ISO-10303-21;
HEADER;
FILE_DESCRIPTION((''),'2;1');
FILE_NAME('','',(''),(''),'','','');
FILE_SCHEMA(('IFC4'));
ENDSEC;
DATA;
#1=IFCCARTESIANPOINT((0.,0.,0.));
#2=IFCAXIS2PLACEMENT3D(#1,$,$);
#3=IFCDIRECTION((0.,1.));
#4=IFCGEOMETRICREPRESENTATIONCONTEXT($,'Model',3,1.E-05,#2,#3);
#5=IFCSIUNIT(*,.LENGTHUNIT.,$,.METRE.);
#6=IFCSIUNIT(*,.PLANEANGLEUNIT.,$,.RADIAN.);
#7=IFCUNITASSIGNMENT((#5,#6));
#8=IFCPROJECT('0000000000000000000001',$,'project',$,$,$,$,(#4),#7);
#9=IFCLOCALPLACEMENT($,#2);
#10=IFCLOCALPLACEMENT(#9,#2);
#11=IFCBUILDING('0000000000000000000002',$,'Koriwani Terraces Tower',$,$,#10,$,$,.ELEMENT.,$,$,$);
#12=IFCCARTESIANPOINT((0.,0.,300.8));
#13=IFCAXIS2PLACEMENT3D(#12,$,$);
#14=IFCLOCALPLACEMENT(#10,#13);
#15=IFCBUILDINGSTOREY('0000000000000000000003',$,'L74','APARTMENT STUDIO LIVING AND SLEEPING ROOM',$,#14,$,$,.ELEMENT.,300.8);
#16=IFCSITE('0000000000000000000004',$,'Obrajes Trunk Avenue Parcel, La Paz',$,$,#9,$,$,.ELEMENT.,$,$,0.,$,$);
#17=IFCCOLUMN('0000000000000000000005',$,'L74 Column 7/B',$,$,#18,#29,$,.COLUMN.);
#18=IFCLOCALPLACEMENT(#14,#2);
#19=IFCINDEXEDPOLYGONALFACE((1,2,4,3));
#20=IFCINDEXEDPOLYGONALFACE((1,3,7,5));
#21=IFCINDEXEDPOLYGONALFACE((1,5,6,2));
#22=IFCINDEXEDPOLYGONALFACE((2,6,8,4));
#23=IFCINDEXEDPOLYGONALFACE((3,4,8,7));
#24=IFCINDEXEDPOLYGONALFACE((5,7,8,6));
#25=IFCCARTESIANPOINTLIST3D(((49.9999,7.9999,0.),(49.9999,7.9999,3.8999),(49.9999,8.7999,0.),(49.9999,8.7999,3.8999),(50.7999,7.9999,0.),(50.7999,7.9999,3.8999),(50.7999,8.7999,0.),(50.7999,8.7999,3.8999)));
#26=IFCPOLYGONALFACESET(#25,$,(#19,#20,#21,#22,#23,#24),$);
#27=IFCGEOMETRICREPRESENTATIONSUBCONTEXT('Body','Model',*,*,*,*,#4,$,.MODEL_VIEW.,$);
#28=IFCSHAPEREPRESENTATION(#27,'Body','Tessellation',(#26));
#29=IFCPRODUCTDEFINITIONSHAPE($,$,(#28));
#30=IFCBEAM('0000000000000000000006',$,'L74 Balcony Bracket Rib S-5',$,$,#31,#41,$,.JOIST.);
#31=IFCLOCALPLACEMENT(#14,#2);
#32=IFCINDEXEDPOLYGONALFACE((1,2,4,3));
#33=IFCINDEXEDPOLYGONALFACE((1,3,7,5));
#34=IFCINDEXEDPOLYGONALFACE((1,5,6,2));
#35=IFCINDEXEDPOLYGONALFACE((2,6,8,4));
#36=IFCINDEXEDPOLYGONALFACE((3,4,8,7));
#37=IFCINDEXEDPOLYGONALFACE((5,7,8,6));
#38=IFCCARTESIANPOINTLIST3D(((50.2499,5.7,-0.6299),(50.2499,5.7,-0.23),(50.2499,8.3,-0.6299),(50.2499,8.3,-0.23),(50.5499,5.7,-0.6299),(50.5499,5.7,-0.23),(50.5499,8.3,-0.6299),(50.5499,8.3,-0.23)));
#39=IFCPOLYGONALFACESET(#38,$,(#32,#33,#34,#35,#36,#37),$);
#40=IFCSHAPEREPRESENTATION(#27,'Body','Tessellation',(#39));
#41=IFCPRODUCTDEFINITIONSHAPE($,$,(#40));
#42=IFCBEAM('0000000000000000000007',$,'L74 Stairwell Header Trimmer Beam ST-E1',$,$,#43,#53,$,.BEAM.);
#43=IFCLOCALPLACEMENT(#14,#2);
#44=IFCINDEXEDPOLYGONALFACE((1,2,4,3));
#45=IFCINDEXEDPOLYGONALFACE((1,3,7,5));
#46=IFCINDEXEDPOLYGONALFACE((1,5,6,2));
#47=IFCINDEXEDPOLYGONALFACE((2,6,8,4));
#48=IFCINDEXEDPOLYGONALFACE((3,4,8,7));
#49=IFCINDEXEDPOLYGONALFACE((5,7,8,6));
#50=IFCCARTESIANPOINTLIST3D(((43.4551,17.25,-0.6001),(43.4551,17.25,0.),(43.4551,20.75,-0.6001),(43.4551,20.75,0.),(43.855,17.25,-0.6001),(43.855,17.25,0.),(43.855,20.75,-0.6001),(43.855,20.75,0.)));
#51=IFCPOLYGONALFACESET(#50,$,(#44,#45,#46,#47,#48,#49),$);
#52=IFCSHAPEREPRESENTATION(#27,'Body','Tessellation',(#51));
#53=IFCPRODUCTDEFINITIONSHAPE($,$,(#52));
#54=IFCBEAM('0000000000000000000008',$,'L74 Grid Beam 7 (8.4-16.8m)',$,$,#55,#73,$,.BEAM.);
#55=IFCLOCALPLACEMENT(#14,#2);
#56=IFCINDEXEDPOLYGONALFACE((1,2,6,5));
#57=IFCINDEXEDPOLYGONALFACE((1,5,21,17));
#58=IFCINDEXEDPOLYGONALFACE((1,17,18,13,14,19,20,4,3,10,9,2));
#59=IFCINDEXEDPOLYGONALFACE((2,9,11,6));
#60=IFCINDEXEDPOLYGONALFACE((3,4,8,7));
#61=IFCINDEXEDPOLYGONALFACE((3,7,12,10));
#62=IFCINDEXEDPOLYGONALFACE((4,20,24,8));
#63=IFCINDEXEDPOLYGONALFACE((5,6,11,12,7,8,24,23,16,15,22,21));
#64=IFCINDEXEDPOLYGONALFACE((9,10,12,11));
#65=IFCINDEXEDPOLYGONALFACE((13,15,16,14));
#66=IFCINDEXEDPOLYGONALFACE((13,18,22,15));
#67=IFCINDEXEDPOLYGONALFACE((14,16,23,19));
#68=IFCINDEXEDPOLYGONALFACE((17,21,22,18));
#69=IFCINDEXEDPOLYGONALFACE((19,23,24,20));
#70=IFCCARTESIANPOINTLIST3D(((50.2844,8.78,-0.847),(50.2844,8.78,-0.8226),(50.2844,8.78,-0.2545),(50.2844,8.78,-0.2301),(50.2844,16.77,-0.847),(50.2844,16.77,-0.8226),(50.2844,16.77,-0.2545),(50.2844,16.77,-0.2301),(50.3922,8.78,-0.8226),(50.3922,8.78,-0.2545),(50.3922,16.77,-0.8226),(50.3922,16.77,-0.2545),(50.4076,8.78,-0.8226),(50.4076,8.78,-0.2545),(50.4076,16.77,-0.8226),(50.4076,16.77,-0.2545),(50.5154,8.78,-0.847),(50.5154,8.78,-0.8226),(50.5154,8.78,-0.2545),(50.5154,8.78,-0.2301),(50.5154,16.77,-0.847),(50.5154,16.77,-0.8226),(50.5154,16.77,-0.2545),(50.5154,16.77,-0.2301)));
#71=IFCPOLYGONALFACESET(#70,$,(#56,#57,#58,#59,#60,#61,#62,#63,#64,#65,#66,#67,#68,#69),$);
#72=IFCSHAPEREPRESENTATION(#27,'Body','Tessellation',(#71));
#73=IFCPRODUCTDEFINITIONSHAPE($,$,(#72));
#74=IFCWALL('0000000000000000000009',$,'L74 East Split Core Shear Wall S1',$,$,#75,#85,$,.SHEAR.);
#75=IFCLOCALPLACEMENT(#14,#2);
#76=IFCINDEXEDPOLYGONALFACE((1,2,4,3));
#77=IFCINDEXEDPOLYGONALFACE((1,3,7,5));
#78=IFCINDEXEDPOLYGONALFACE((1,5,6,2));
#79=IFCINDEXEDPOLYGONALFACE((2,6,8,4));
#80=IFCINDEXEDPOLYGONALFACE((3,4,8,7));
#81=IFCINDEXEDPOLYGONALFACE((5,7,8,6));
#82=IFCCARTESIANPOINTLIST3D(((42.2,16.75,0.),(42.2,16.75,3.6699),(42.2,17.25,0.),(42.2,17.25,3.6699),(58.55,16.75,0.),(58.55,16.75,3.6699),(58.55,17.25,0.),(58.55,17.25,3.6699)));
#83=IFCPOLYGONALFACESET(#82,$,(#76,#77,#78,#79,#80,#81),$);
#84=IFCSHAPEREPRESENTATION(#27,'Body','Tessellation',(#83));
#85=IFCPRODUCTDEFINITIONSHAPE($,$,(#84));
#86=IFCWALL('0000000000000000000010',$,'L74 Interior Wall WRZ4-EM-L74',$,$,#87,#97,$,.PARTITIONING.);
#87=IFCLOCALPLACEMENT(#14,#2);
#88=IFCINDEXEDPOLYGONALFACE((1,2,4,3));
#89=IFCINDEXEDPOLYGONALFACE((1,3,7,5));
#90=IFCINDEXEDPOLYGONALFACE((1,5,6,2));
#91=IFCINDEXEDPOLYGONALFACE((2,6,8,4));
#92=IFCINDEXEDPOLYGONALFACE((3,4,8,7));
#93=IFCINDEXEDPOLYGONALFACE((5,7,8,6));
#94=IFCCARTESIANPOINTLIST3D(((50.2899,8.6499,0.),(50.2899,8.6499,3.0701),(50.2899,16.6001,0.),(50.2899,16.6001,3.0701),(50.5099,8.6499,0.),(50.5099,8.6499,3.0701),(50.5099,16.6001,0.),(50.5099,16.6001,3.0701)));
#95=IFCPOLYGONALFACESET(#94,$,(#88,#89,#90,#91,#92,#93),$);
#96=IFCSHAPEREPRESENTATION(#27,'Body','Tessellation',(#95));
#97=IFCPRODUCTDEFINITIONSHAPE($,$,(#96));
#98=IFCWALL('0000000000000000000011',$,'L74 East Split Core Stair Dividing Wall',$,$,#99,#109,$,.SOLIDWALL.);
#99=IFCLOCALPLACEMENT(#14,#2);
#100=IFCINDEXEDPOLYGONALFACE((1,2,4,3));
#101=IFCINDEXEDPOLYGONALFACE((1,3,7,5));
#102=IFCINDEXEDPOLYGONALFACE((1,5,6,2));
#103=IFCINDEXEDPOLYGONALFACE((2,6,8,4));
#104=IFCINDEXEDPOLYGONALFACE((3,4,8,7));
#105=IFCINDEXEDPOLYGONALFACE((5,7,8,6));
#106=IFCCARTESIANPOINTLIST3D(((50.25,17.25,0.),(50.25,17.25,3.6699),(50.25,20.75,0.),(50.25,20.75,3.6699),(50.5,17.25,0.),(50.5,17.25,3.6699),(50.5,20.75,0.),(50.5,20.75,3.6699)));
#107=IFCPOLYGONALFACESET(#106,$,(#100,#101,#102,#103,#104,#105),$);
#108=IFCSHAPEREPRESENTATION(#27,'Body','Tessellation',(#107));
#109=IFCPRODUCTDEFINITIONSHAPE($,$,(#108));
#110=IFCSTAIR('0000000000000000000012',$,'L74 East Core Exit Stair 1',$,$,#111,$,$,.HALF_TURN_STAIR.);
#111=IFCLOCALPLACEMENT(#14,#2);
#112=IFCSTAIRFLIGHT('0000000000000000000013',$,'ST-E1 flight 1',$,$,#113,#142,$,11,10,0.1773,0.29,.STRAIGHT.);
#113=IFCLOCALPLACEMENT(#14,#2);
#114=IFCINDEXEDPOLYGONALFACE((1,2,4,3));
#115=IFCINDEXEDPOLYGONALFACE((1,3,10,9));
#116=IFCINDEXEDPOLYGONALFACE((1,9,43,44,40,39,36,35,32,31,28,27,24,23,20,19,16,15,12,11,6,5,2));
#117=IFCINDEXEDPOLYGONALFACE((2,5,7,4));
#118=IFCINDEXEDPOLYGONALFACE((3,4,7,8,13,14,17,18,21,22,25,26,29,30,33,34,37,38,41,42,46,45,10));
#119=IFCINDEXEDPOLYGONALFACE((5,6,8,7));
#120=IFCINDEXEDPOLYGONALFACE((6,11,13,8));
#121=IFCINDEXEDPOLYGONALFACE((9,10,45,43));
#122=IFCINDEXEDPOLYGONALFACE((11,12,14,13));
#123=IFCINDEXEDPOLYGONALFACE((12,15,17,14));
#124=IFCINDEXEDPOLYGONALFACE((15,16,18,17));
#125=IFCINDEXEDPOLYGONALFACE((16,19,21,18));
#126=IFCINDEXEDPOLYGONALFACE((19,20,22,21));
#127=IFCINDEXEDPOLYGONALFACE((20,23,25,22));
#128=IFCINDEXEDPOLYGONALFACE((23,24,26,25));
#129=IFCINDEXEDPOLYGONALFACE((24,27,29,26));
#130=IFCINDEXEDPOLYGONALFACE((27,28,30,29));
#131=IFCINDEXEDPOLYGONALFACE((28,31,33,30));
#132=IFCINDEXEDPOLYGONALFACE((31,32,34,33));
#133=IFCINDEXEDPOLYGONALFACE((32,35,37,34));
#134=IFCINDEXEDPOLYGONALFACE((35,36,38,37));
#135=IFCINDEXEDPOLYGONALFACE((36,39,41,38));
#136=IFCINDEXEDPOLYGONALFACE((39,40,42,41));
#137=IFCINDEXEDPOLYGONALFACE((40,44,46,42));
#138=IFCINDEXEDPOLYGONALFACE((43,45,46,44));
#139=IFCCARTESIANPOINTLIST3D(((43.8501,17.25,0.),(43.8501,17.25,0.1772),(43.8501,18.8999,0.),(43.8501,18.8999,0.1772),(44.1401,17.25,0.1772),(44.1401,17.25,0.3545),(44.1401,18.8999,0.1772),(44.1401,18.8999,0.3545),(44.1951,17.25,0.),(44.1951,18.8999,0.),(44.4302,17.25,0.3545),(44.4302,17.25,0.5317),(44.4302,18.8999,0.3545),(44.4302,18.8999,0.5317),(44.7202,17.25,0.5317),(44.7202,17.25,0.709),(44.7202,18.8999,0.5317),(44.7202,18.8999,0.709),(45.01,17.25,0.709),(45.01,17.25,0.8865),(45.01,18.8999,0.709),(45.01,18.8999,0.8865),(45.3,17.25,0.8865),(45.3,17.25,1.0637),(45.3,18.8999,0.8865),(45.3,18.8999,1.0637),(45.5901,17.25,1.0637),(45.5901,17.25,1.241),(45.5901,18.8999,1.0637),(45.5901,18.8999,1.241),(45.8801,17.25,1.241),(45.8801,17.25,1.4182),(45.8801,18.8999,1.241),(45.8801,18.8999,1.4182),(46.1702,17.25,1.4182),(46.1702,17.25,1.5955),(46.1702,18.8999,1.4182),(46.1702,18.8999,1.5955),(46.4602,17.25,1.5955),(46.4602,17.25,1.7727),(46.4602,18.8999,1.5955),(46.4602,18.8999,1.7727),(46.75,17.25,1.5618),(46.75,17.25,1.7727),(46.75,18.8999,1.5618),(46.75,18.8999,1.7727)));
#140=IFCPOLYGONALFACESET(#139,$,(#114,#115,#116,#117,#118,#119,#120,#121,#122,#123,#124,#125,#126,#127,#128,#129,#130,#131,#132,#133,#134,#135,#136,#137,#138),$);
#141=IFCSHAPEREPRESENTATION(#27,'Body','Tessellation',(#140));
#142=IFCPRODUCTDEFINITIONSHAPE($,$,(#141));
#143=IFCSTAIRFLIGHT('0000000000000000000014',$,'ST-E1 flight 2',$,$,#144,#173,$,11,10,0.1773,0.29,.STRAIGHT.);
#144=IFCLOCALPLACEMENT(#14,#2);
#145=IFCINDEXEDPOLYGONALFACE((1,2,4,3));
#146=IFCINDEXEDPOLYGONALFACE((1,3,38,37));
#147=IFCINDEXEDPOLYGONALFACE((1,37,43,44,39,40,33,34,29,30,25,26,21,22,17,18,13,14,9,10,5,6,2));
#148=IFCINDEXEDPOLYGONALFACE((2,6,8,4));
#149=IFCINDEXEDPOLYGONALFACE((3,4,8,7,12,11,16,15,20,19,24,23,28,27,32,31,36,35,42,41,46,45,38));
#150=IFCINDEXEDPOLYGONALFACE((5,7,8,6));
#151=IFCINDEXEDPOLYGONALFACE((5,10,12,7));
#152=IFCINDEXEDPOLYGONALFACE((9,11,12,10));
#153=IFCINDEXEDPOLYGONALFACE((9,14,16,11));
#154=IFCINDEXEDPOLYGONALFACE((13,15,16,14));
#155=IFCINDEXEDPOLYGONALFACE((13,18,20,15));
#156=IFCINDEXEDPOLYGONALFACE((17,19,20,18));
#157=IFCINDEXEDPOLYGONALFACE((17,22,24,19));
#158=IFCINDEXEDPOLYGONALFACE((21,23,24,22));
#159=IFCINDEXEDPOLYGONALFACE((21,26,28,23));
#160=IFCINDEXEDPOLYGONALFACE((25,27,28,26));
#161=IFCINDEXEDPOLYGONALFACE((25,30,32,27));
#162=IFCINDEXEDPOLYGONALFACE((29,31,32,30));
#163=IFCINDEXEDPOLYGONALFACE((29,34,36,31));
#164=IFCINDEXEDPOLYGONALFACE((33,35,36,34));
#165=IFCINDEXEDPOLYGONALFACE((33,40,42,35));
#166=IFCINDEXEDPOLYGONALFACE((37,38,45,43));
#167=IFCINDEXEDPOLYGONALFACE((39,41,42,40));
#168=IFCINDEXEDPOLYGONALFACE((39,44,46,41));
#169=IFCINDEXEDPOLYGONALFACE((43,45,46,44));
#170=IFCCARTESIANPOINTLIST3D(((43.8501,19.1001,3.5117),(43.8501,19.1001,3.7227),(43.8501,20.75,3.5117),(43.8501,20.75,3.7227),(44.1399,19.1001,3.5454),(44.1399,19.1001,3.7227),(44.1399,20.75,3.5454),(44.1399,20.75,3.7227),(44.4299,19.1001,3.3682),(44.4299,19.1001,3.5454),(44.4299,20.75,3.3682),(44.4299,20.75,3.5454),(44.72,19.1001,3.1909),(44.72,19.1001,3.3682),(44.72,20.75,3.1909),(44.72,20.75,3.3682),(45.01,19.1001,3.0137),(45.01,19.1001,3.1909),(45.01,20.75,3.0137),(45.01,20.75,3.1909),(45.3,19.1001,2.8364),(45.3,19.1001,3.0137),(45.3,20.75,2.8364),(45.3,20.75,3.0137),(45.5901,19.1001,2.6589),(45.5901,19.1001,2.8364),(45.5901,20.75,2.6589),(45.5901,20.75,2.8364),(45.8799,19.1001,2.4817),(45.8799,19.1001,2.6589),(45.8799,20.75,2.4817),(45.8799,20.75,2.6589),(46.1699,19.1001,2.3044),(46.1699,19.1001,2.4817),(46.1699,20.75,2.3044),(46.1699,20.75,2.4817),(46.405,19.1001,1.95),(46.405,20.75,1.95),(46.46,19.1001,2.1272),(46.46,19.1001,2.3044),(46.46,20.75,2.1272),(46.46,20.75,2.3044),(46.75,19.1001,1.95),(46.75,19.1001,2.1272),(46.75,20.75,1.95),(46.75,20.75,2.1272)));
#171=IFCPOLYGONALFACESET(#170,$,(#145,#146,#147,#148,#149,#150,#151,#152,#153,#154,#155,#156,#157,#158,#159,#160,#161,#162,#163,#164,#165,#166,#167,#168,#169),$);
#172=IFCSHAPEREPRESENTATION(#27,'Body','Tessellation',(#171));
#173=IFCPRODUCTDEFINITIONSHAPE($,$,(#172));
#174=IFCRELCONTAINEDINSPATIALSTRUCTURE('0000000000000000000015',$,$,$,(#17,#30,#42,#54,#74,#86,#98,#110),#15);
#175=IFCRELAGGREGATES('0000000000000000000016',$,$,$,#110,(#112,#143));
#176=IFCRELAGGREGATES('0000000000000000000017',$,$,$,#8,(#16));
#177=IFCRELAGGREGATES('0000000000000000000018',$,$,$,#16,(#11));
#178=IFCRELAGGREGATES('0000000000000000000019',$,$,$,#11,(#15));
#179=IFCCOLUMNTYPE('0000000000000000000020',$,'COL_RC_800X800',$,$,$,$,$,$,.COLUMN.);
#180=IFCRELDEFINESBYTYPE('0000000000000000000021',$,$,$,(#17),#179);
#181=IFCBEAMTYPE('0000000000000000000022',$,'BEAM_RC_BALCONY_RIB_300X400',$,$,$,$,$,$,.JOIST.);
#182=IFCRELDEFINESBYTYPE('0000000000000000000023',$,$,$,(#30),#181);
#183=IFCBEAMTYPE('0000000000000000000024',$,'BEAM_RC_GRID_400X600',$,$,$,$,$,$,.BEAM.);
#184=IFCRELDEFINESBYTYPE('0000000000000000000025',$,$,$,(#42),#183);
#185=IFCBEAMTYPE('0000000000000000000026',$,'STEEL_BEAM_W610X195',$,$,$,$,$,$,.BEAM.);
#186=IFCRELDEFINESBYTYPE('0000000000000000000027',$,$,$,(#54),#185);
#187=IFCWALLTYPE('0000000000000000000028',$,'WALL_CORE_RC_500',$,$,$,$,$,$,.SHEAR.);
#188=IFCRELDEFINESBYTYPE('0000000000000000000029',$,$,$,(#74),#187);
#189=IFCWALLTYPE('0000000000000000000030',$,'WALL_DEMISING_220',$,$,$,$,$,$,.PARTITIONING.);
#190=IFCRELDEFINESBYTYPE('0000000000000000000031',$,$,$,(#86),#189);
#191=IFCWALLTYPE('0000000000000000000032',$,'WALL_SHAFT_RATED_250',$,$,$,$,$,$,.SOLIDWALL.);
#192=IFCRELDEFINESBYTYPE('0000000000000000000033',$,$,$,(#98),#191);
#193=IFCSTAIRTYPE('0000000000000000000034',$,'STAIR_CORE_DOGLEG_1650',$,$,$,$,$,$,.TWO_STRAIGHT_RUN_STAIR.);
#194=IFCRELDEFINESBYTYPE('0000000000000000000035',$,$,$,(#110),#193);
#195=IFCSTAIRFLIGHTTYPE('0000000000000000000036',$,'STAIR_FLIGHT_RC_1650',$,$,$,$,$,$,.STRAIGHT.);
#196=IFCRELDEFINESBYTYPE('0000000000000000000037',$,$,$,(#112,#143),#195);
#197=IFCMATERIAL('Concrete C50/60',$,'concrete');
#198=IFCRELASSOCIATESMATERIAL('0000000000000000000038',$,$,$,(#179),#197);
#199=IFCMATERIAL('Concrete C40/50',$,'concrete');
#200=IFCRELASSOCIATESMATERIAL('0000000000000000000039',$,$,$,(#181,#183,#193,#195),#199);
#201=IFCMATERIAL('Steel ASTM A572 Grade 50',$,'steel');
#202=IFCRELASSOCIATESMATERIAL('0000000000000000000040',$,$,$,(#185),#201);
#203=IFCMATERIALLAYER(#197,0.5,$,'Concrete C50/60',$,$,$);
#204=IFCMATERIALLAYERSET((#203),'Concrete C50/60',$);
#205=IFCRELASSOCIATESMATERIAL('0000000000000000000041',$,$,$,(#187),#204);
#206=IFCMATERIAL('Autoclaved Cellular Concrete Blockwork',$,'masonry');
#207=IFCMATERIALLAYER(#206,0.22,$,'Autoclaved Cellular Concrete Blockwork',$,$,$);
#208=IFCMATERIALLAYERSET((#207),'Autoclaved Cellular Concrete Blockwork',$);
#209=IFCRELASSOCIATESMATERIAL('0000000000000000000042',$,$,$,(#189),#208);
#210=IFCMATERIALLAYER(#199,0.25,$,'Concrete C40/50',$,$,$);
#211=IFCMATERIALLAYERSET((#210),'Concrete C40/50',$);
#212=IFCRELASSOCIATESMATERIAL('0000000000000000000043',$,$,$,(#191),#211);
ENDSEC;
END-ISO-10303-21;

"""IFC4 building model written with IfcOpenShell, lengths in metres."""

from ifc_helpers import new_model, si_unit, direction, frame, frame_2d, origin, origin_2d, place, context, subcontext, project, spatial, polyline, rectangle, i_section, outline, extrude, material, layer, layer_set, material_profile, profile_set, type_object, element, aggregate, save


model = new_model("IFC4")

# Units and contexts
model_context = context("Model", 3, precision=1e-05, world=origin(), true_north=direction((0.0, 1.0)))
body_context = subcontext(model_context, "Body", "Model", "MODEL_VIEW")
ifc_project = project(units=[si_unit("LENGTHUNIT", "METRE"), si_unit("PLANEANGLEUNIT", "RADIAN")], contexts=[model_context])

# Site, building, storey
site_placement = place(None, origin())
site = spatial("IfcSite", under=ifc_project, at=site_placement, Name="Obrajes Trunk Avenue Parcel, La Paz", CompositionType="ELEMENT", RefElevation=0.0)
building_placement = place(site_placement, origin())
building = spatial("IfcBuilding", under=site, at=building_placement, Name="Koriwani Terraces Tower", CompositionType="ELEMENT")
storey_placement = place(building_placement, frame((0.0, 0.0, 300.8)))
storey = spatial("IfcBuildingStorey", under=building, at=storey_placement, Name="L74", Description="APARTMENT STUDIO LIVING AND SLEEPING ROOM", CompositionType="ELEMENT", Elevation=300.8)

# Column
ifc_material_1 = material(Name="Concrete C50/60", Category="concrete")
ifc_material_profile_1 = material_profile(ifc_material_1, rectangle(XDim=0.8, YDim=0.8, at=origin_2d()), Name="Concrete C50/60", Category="LoadBearing")
ifc_profile_set_1 = profile_set([ifc_material_profile_1], Name="Concrete C50/60")
column_type = type_object("IfcColumnType", Name="COL_RC_800X800", PredefinedType="COLUMN", material=ifc_profile_set_1)
column_placement = place(storey_placement, frame((50.3999, 8.3999, 0.0), z_axis=(0.0, 0.0, 1.0), x_axis=(1.0, 0.0, 0.0)))
element("IfcColumn", 1, at=column_placement, inside=storey, type_object=column_type, Name="L74 Column 7/B", PredefinedType="COLUMN", context=body_context, shape_type="SweptSolid", body=[
    extrude(rectangle(XDim=0.8, YDim=0.8, at=origin_2d()), origin(), (0.0, 0.0, 1.0), 3.8999),
])

# Beams
ifc_material_2 = material(Name="Concrete C40/50", Category="concrete")
ifc_material_profile_2 = material_profile(ifc_material_2, rectangle(XDim=0.3, YDim=0.3999, at=origin_2d()), Name="Concrete C40/50", Category="LoadBearing")
ifc_profile_set_2 = profile_set([ifc_material_profile_2], Name="Concrete C40/50")
beam_type_1 = type_object("IfcBeamType", Name="BEAM_RC_BALCONY_RIB_300X400", PredefinedType="JOIST", material=ifc_profile_set_2)
beam_1_placement = place(storey_placement, frame((50.3999, 5.7, -0.4299), z_axis=(0.0, 1.0, 0.0), x_axis=(-1.0, 0.0, 0.0)))
element("IfcBeam", 2, at=beam_1_placement, inside=storey, type_object=beam_type_1, Name="L74 Balcony Bracket Rib S-5", PredefinedType="JOIST", context=body_context, shape_type="SweptSolid", body=[
    extrude(rectangle(XDim=0.3, YDim=0.3999, at=origin_2d()), origin(), (0.0, 0.0, 1.0), 2.6001),
])
ifc_material_profile_3 = material_profile(ifc_material_2, rectangle(XDim=0.3999, YDim=0.6001, at=origin_2d()), Name="Concrete C40/50", Category="LoadBearing")
ifc_profile_set_3 = profile_set([ifc_material_profile_3], Name="Concrete C40/50")
beam_type_2 = type_object("IfcBeamType", Name="BEAM_RC_GRID_400X600", PredefinedType="BEAM", material=ifc_profile_set_3)
beam_2_placement = place(storey_placement, frame((43.655, 17.25, -0.3), z_axis=(0.0, 1.0, 0.0), x_axis=(-1.0, 0.0, 0.0)))
element("IfcBeam", 3, at=beam_2_placement, inside=storey, type_object=beam_type_2, Name="L74 Stairwell Header Trimmer Beam ST-E1", PredefinedType="BEAM", context=body_context, shape_type="SweptSolid", body=[
    extrude(rectangle(XDim=0.3999, YDim=0.6001, at=origin_2d()), origin(), (0.0, 0.0, 1.0), 3.5),
])
ifc_material_3 = material(Name="Steel ASTM A572 Grade 50", Category="steel")
ifc_material_profile_4 = material_profile(ifc_material_3, i_section(OverallWidth=0.231, OverallDepth=0.6169, WebThickness=0.0154, FlangeThickness=0.0244, at=origin_2d()), Name="Steel ASTM A572 Grade 50", Category="LoadBearing")
ifc_profile_set_4 = profile_set([ifc_material_profile_4], Name="Steel ASTM A572 Grade 50")
beam_type_3 = type_object("IfcBeamType", Name="STEEL_BEAM_W610X195", PredefinedType="BEAM", material=ifc_profile_set_4)
beam_3_placement = place(storey_placement, frame((50.3999, 8.78, -0.5386), z_axis=(0.0, 1.0, 0.0), x_axis=(-1.0, 0.0, 0.0)))
element("IfcBeam", 4, at=beam_3_placement, inside=storey, type_object=beam_type_3, Name="L74 Grid Beam 7 (8.4-16.8m)", PredefinedType="BEAM", context=body_context, shape_type="SweptSolid", body=[
    extrude(i_section(OverallWidth=0.231, OverallDepth=0.6169, WebThickness=0.0154, FlangeThickness=0.0244, at=origin_2d()), origin(), (0.0, 0.0, 1.0), 7.99),
])

# Walls
ifc_layer_1 = layer(ifc_material_1, 0.5, Name="Concrete C50/60")
ifc_layer_set_1 = layer_set([ifc_layer_1], Name="Concrete C50/60")
wall_type_1 = type_object("IfcWallType", Name="WALL_CORE_RC_500", PredefinedType="SHEAR", material=ifc_layer_set_1)
wall_1_placement = place(storey_placement, frame((42.2, 17.0, 0.0), z_axis=(0.0, 0.0, 1.0), x_axis=(1.0, 0.0, 0.0)))
element("IfcWall", 5, at=wall_1_placement, inside=storey, type_object=wall_type_1, Name="L74 East Split Core Shear Wall S1", PredefinedType="SHEAR", context=body_context, shape_type="SweptSolid", body=[
    extrude(rectangle(XDim=16.3501, YDim=0.5, at=frame_2d((8.175, 0.0))), origin(), (0.0, 0.0, 1.0), 3.6699),
])
ifc_material_4 = material(Name="Autoclaved Cellular Concrete Blockwork", Category="masonry")
ifc_layer_2 = layer(ifc_material_4, 0.22, Name="Autoclaved Cellular Concrete Blockwork")
ifc_layer_set_2 = layer_set([ifc_layer_2], Name="Autoclaved Cellular Concrete Blockwork")
wall_type_2 = type_object("IfcWallType", Name="WALL_DEMISING_220", PredefinedType="PARTITIONING", material=ifc_layer_set_2)
wall_2_placement = place(storey_placement, frame((50.3999, 8.6499, 0.0), z_axis=(0.0, 0.0, 1.0), x_axis=(0.0, 1.0, 0.0)))
element("IfcWall", 6, at=wall_2_placement, inside=storey, type_object=wall_type_2, Name="L74 Interior Wall WRZ4-EM-L74", PredefinedType="PARTITIONING", context=body_context, shape_type="SweptSolid", body=[
    extrude(rectangle(XDim=7.9502, YDim=0.22, at=frame_2d((3.9751, 0.0))), origin(), (0.0, 0.0, 1.0), 3.0701),
])
ifc_layer_3 = layer(ifc_material_2, 0.25, Name="Concrete C40/50")
ifc_layer_set_3 = layer_set([ifc_layer_3], Name="Concrete C40/50")
wall_type_3 = type_object("IfcWallType", Name="WALL_SHAFT_RATED_250", PredefinedType="SOLIDWALL", material=ifc_layer_set_3)
wall_3_placement = place(storey_placement, frame((50.375, 17.25, 0.0), z_axis=(0.0, 0.0, 1.0), x_axis=(0.0, 1.0, 0.0)))
element("IfcWall", 7, at=wall_3_placement, inside=storey, type_object=wall_type_3, Name="L74 East Split Core Stair Dividing Wall", PredefinedType="SOLIDWALL", context=body_context, shape_type="SweptSolid", body=[
    extrude(rectangle(XDim=3.5, YDim=0.25, at=frame_2d((1.75, 0.0))), origin(), (0.0, 0.0, 1.0), 3.6699),
])

# Stair, stair flights
stair_type = type_object("IfcStairType", Name="STAIR_CORE_DOGLEG_1650", PredefinedType="TWO_STRAIGHT_RUN_STAIR", material=ifc_material_2)
stair_1_placement = place(storey_placement, origin())
stair_1 = element("IfcStair", 8, at=stair_1_placement, inside=storey, type_object=stair_type, Name="L74 East Core Exit Stair 1", PredefinedType="HALF_TURN_STAIR")
stair_flight_type = type_object("IfcStairFlightType", Name="STAIR_FLIGHT_RC_1650", PredefinedType="STRAIGHT", material=ifc_material_2)
stair_flight_1_placement = place(storey_placement, frame((43.8501, 18.075, 0.0), z_axis=(0.0, 0.0, 1.0), x_axis=(1.0, 0.0, 0.0)))
stair_flight_1 = element("IfcStairFlight", 9, at=stair_flight_1_placement, type_object=stair_flight_type, Name="ST-E1 flight 1", NumberOfRisers=11, NumberOfTreads=10, PredefinedType="STRAIGHT", RiserHeight=0.1773, TreadLength=0.29, context=body_context, shape_type="SweptSolid", body=[
    extrude(outline(polyline([(0.0, 0.0), (0.0, 0.1772), (0.29, 0.1772), (0.29, 0.3545), (0.5801, 0.3545), (0.5801, 0.5317), (0.8701, 0.5317), (0.8701, 0.709), (1.1599, 0.709), (1.1599, 0.8865), (1.45, 0.8865), (1.45, 1.0637), (1.74, 1.0637), (1.74, 1.241), (2.03, 1.241), (2.03, 1.4182), (2.3201, 1.4182), (2.3201, 1.5955), (2.6101, 1.5955), (2.6101, 1.7727), (2.8999, 1.7727), (2.8999, 1.95), (2.8999, 1.5618), (0.345, 0.0), (0.0, 0.0)])), frame((0.0, 0.825, 0.0), z_axis=(0.0, -1.0, 0.0), x_axis=(1.0, 0.0, 0.0)), (0.0, 0.0, 1.0), 1.6499),
])
stair_flight_2_placement = place(storey_placement, frame((46.75, 19.925, 1.95), z_axis=(0.0, 0.0, 1.0), x_axis=(-1.0, 0.0, 0.0)))
stair_flight_2 = element("IfcStairFlight", 10, at=stair_flight_2_placement, type_object=stair_flight_type, Name="ST-E1 flight 2", NumberOfRisers=11, NumberOfTreads=10, PredefinedType="STRAIGHT", RiserHeight=0.1773, TreadLength=0.29, context=body_context, shape_type="SweptSolid", body=[
    extrude(outline(polyline([(0.0, 0.0), (0.0, 0.1772), (0.29, 0.1772), (0.29, 0.3545), (0.5801, 0.3545), (0.5801, 0.5317), (0.8701, 0.5317), (0.8701, 0.709), (1.1599, 0.709), (1.1599, 0.8865), (1.45, 0.8865), (1.45, 1.0637), (1.74, 1.0637), (1.74, 1.241), (2.03, 1.241), (2.03, 1.4182), (2.3201, 1.4182), (2.3201, 1.5955), (2.6101, 1.5955), (2.6101, 1.7727), (2.8999, 1.7727), (2.8999, 1.95), (2.8999, 1.5618), (0.345, 0.0), (0.0, 0.0)])), frame((0.0, 0.825, 0.0), z_axis=(0.0, -1.0, 0.0), x_axis=(1.0, 0.0, 0.0)), (0.0, 0.0, 1.0), 1.6499),
])
aggregate(stair_1, [stair_flight_1, stair_flight_2])

save(model, "model.ifc")
